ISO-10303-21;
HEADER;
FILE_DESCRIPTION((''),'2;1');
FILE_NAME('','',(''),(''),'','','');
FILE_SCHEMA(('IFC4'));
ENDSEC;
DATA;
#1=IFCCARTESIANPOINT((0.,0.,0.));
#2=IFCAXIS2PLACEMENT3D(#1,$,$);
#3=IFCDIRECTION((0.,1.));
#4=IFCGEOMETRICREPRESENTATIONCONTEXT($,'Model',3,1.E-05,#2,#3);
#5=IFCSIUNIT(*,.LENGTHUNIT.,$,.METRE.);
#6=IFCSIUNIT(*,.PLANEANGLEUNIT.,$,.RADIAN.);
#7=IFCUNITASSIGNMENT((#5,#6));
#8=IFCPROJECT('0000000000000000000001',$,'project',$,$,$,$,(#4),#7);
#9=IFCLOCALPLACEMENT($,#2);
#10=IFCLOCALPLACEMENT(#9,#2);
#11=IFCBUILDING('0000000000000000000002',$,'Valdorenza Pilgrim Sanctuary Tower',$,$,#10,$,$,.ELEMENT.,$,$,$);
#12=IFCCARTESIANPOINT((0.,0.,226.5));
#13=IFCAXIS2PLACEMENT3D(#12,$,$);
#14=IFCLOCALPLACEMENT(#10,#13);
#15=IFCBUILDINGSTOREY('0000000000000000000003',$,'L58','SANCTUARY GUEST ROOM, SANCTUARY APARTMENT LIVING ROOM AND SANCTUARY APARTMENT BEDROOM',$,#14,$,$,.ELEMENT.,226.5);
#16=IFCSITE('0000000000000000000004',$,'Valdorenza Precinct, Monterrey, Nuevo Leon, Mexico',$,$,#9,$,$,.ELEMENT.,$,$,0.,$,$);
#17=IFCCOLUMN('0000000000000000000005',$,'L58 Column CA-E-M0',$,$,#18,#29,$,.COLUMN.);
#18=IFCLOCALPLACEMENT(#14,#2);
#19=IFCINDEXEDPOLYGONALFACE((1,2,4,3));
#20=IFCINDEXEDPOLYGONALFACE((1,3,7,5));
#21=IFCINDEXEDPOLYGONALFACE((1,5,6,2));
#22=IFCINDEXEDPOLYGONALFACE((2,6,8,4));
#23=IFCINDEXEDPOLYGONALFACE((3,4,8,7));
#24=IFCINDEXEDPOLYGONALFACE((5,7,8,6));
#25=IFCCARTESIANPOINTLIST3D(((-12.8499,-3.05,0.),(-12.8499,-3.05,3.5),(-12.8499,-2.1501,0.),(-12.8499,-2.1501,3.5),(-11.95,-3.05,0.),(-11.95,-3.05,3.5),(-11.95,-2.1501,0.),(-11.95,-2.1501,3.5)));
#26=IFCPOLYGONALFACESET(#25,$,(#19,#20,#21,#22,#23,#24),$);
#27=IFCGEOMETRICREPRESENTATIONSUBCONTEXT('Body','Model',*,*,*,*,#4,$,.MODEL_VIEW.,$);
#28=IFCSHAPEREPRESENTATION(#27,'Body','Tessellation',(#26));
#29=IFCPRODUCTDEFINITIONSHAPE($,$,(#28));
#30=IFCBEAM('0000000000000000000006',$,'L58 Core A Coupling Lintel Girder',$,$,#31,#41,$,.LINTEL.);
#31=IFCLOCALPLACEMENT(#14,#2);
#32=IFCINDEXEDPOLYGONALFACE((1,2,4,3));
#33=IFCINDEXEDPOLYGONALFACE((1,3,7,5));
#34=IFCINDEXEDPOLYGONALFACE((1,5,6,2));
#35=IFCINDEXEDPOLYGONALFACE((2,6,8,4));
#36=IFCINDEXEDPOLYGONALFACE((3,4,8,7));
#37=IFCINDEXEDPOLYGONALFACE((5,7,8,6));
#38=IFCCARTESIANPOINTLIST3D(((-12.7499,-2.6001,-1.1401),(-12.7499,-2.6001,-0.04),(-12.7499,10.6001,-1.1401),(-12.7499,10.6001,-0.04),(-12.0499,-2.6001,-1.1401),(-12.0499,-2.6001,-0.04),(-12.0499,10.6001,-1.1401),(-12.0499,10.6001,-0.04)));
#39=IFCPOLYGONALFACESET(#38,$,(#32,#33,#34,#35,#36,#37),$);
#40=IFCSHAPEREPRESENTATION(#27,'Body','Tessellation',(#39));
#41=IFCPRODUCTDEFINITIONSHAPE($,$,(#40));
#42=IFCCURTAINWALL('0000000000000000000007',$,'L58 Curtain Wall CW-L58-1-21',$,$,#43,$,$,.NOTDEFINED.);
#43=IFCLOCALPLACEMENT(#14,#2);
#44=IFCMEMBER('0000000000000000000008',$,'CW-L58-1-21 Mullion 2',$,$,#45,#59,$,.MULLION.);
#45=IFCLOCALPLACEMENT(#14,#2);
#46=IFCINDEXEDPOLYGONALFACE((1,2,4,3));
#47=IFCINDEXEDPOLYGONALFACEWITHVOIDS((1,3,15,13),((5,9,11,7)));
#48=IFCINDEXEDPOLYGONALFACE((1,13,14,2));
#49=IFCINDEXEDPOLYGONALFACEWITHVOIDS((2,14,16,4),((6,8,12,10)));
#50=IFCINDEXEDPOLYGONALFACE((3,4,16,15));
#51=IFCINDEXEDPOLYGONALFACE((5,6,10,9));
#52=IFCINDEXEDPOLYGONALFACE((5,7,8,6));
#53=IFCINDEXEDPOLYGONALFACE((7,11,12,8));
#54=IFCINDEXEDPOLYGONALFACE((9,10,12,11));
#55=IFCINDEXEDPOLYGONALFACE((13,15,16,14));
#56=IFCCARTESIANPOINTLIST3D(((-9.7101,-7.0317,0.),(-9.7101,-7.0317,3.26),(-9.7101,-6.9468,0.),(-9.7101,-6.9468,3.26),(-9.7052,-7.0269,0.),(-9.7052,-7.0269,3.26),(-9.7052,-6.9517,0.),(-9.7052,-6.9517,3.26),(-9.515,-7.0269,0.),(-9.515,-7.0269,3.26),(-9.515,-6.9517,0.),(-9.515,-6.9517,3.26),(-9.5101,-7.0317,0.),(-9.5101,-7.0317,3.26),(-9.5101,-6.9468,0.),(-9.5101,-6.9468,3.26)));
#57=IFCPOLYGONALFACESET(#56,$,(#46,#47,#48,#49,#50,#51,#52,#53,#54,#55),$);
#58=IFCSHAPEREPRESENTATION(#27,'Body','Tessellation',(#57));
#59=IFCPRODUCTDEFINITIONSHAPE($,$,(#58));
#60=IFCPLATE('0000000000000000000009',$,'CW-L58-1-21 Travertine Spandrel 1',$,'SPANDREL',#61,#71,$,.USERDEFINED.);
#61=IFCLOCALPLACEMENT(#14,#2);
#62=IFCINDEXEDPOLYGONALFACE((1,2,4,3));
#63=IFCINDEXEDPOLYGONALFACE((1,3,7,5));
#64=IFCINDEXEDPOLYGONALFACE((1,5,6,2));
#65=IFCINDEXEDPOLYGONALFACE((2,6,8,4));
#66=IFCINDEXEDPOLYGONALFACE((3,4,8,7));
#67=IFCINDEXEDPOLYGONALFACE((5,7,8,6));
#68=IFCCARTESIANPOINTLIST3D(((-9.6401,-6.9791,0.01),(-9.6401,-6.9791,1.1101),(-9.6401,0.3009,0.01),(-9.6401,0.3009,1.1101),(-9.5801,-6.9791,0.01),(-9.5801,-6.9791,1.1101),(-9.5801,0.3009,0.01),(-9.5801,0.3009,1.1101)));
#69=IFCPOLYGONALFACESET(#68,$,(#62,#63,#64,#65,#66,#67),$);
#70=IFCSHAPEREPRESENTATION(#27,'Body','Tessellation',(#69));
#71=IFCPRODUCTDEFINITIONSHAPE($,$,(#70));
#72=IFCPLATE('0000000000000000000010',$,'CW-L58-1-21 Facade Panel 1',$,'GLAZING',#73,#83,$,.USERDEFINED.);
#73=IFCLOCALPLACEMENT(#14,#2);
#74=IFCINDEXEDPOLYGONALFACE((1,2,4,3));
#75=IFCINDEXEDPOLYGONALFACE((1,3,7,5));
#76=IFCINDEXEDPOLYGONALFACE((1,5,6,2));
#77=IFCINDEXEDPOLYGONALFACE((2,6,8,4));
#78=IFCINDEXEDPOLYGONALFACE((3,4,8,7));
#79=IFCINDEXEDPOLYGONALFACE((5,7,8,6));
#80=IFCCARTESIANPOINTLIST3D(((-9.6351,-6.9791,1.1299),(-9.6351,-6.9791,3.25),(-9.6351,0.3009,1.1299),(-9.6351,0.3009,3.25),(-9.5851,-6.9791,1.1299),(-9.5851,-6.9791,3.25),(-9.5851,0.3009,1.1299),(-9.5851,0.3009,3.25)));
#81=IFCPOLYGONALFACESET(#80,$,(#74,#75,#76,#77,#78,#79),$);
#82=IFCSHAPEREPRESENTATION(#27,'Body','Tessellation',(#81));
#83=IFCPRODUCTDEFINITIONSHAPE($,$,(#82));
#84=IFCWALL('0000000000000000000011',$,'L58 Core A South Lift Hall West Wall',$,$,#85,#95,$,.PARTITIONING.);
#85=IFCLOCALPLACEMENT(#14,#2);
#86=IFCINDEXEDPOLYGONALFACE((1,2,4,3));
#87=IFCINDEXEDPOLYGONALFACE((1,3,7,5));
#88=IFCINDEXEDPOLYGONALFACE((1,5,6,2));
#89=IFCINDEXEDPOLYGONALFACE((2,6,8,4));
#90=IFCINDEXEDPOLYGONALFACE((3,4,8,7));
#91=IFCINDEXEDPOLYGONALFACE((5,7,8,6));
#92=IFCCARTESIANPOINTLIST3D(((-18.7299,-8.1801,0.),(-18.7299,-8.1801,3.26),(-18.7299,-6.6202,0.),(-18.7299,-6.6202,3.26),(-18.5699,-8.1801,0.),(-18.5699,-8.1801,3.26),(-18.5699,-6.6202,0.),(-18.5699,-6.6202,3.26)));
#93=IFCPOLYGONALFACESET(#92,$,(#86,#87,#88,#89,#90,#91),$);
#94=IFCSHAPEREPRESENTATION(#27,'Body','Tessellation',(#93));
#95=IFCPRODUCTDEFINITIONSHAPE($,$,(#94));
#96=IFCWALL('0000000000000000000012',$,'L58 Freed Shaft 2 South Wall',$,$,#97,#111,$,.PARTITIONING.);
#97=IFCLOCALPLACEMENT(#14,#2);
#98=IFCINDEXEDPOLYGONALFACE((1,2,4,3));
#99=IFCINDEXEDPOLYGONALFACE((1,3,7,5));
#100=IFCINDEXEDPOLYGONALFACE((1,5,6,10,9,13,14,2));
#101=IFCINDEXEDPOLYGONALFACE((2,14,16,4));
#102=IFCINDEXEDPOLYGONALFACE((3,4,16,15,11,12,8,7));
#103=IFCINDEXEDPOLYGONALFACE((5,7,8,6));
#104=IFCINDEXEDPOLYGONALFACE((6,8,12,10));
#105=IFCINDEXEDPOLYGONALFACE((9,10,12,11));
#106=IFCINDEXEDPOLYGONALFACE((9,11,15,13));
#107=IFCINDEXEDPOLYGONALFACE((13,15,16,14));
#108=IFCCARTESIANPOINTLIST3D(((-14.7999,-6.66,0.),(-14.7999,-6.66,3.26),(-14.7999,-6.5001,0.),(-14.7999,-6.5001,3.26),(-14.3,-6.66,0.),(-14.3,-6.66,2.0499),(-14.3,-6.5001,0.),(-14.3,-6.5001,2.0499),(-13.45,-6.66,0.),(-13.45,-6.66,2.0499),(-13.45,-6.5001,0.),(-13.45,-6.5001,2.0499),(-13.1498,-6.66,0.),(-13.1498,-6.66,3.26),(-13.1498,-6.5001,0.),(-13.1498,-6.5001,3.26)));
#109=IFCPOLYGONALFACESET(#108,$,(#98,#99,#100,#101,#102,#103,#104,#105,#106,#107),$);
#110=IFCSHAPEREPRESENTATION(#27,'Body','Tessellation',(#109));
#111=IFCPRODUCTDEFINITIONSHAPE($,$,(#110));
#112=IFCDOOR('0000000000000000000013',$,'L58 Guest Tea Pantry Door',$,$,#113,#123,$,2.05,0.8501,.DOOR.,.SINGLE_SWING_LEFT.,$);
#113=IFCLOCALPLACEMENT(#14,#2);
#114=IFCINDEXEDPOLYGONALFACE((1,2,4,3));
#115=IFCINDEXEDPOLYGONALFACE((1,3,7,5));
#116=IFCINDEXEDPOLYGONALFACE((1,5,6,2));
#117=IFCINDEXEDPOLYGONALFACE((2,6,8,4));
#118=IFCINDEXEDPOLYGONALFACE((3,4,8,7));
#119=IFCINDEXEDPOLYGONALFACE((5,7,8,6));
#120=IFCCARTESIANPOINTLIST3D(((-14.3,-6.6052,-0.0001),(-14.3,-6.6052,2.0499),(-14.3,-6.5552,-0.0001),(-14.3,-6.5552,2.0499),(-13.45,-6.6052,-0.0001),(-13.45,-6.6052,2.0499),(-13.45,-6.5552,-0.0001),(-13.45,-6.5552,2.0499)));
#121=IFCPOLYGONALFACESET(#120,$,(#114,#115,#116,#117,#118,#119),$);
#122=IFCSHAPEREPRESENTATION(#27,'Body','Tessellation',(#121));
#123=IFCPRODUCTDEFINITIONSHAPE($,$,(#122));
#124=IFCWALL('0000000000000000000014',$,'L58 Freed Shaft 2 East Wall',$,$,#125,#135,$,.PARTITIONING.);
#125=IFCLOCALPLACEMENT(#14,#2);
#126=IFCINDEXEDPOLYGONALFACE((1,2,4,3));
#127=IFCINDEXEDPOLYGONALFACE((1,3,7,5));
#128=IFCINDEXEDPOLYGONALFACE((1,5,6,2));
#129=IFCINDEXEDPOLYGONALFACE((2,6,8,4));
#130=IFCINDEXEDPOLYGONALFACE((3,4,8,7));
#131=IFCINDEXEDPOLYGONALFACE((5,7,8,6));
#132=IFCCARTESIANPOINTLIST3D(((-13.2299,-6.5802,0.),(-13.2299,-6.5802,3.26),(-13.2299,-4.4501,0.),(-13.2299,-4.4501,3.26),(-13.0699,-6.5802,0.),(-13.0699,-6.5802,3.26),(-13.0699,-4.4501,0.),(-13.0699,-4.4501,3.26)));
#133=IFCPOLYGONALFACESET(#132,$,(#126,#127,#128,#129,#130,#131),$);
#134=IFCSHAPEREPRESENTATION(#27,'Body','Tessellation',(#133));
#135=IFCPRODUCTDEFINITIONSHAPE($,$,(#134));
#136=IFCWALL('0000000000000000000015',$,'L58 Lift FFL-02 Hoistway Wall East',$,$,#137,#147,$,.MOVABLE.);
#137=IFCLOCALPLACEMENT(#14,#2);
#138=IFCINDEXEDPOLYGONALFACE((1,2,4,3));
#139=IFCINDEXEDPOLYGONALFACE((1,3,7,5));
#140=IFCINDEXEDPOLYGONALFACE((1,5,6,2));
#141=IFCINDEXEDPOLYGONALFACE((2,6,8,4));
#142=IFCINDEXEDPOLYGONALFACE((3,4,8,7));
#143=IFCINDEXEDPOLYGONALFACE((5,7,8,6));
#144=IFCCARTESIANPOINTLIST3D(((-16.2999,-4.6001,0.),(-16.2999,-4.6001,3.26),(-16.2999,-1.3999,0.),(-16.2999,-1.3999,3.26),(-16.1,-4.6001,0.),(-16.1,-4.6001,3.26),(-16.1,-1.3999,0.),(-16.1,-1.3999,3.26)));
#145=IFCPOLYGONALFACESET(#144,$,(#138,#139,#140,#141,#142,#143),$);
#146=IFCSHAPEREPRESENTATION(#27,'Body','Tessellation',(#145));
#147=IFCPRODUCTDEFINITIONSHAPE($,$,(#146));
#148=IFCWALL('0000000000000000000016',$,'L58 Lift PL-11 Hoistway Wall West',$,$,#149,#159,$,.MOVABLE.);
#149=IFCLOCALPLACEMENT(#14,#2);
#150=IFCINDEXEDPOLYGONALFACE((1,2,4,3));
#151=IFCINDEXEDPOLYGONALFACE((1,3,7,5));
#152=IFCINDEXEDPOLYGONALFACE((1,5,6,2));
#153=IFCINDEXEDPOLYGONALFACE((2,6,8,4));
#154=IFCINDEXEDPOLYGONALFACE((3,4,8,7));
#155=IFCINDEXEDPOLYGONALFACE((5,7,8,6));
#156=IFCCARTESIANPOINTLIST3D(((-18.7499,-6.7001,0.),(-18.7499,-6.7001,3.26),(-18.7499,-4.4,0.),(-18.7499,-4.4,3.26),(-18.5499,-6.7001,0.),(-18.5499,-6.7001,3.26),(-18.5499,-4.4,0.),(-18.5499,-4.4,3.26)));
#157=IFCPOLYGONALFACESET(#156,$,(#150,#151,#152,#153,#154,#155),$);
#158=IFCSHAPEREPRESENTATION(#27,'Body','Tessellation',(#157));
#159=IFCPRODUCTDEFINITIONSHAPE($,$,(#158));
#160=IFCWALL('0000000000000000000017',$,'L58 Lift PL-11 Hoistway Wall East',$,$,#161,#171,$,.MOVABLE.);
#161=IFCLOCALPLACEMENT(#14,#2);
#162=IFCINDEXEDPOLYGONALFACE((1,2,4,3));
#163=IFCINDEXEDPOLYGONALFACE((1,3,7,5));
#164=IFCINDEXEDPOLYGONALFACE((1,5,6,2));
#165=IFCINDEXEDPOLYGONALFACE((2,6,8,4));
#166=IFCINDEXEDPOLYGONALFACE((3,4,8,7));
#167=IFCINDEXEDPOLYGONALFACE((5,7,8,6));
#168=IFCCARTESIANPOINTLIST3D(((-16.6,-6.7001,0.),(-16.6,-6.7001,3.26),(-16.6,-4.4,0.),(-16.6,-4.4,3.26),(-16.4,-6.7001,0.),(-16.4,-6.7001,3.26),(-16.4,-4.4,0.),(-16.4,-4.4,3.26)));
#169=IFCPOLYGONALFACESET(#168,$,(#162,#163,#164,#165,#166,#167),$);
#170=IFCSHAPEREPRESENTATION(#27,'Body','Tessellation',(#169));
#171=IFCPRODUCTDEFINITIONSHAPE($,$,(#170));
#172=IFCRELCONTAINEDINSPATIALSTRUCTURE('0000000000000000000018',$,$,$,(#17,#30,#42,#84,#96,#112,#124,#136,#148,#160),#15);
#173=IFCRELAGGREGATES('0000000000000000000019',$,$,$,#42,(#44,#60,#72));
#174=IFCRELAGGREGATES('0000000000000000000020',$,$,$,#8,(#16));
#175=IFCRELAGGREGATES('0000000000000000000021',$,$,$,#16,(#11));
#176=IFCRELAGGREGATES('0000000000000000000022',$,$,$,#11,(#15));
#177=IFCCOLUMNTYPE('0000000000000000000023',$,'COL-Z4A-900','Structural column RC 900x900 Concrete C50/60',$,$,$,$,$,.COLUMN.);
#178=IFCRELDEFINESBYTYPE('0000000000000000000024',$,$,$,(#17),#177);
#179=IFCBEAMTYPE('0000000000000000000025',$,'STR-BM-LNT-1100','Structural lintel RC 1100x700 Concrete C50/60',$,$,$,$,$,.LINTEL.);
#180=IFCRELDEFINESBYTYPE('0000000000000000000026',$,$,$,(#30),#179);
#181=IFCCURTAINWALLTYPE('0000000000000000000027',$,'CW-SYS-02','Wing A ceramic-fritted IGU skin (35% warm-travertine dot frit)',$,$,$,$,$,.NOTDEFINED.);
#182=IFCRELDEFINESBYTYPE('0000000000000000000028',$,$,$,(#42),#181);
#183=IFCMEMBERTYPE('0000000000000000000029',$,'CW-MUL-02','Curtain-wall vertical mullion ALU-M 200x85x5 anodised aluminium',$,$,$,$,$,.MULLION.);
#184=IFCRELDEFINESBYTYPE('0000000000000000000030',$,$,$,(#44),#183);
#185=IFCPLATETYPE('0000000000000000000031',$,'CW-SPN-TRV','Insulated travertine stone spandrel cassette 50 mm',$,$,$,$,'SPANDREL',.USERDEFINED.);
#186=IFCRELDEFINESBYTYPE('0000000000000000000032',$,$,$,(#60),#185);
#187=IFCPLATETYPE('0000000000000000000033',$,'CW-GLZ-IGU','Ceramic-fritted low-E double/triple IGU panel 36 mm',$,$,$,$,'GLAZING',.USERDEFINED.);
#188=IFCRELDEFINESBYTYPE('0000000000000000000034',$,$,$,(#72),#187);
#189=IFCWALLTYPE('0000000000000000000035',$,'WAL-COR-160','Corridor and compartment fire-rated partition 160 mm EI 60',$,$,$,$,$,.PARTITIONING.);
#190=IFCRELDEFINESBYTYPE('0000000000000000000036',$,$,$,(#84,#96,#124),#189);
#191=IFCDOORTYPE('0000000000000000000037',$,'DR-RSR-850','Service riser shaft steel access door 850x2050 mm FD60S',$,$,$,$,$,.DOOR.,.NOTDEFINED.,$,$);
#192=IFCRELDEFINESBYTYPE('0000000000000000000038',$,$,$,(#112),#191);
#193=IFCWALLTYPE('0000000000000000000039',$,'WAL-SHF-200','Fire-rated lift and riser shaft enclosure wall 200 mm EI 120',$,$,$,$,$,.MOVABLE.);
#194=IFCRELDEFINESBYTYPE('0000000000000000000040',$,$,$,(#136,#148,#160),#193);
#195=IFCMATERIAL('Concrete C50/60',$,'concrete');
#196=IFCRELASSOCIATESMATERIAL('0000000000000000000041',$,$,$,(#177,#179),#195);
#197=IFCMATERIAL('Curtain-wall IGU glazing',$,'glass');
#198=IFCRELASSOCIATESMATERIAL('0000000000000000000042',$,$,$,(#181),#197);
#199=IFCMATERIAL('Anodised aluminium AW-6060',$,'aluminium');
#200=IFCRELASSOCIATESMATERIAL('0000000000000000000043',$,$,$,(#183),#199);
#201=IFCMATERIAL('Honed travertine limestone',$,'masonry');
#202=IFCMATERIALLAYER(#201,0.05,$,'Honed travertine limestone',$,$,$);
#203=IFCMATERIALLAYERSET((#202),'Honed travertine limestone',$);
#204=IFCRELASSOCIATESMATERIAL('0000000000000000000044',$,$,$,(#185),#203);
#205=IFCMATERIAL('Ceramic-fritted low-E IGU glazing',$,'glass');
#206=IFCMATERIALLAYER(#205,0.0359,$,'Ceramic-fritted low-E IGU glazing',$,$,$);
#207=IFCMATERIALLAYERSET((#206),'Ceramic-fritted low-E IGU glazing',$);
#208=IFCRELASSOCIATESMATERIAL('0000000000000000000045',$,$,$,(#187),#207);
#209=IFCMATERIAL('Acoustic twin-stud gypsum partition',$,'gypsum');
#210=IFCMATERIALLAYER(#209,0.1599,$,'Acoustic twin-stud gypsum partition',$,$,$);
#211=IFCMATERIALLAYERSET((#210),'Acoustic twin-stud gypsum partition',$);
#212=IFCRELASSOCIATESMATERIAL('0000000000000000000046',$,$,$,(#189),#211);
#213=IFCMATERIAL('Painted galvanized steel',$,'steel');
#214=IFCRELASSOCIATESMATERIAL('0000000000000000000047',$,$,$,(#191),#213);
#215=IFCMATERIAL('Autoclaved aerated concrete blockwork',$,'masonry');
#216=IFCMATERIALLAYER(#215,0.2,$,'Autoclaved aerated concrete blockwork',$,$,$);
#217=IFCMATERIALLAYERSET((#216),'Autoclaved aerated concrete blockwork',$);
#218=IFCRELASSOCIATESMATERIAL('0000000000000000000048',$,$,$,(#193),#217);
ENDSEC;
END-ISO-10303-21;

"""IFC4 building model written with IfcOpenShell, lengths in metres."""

from ifc_helpers import new_model, si_unit, direction, frame, frame_2d, origin, origin_2d, place, context, subcontext, project, spatial, rectangle, hollow_rectangle, extrude, source, transform, mapped, material, layer, layer_set, material_profile, profile_set, type_object, element, fill, aggregate, save


model = new_model("IFC4")

# Units and contexts
model_context = context("Model", 3, precision=1e-05, world=origin(), true_north=direction((0.0, 1.0)))
body_context = subcontext(model_context, "Body", "Model", "MODEL_VIEW")
ifc_project = project(units=[si_unit("LENGTHUNIT", "METRE"), si_unit("PLANEANGLEUNIT", "RADIAN")], contexts=[model_context])

# Site, building, storey
site_placement = place(None, origin())
site = spatial("IfcSite", under=ifc_project, at=site_placement, Name="Valdorenza Precinct, Monterrey, Nuevo Leon, Mexico", CompositionType="ELEMENT", RefElevation=0.0)
building_placement = place(site_placement, origin())
building = spatial("IfcBuilding", under=site, at=building_placement, Name="Valdorenza Pilgrim Sanctuary Tower", CompositionType="ELEMENT")
storey_placement = place(building_placement, frame((0.0, 0.0, 226.5)))
storey = spatial("IfcBuildingStorey", under=building, at=storey_placement, Name="L58", Description="SANCTUARY GUEST ROOM, SANCTUARY APARTMENT LIVING ROOM AND SANCTUARY APARTMENT BEDROOM", CompositionType="ELEMENT", Elevation=226.5)

# Column
ifc_material_1 = material(Name="Concrete C50/60", Category="concrete")
ifc_material_profile_1 = material_profile(ifc_material_1, rectangle(XDim=0.8999, YDim=0.8999, at=origin_2d()), Name="RC 900x900")
ifc_profile_set_1 = profile_set([ifc_material_profile_1], Name="Concrete C50/60")
column_type = type_object("IfcColumnType", Name="COL-Z4A-900", Description="Structural column RC 900x900 Concrete C50/60", PredefinedType="COLUMN", material=ifc_profile_set_1)
shared_shape_1 = source(origin(), body_context, "Body", "SweptSolid", [
    extrude(rectangle(XDim=0.8999, YDim=0.8999, at=origin_2d()), origin(), (0.0, 0.0, 1.0), 3.5),
])
column_placement = place(storey_placement, frame((-12.3999, -2.6001, 0.0), z_axis=(0.0, 0.0, 1.0), x_axis=(1.0, 0.0, 0.0)))
element("IfcColumn", 1, at=column_placement, inside=storey, type_object=column_type, Name="L58 Column CA-E-M0", PredefinedType="COLUMN", context=body_context, shape_type="MappedRepresentation", body=[
    mapped(shared_shape_1, transform((0.0, 0.0, 0.0), x_axis=(1.0, 0.0, 0.0), y_axis=(0.0, 1.0, 0.0), z_axis=(0.0, 0.0, 1.0), scale=1.0)),
])

# Beam
ifc_material_profile_2 = material_profile(ifc_material_1, rectangle(XDim=0.7, YDim=1.1001, at=origin_2d()), Name="RC 1100x700")
ifc_profile_set_2 = profile_set([ifc_material_profile_2], Name="Concrete C50/60")
beam_type = type_object("IfcBeamType", Name="STR-BM-LNT-1100", Description="Structural lintel RC 1100x700 Concrete C50/60", PredefinedType="LINTEL", material=ifc_profile_set_2)
shared_shape_2 = source(origin(), body_context, "Body", "SweptSolid", [
    extrude(rectangle(XDim=0.7, YDim=1.1001, at=origin_2d()), origin(), (0.0, 0.0, 1.0), 13.2002),
])
beam_placement = place(storey_placement, frame((-12.3999, -2.6001, -0.5901), z_axis=(0.0, 1.0, 0.0), x_axis=(-1.0, 0.0, 0.0)))
element("IfcBeam", 2, at=beam_placement, inside=storey, type_object=beam_type, Name="L58 Core A Coupling Lintel Girder", PredefinedType="LINTEL", context=body_context, shape_type="MappedRepresentation", body=[
    mapped(shared_shape_2, transform((0.0, 0.0, 0.0), x_axis=(1.0, 0.0, 0.0), y_axis=(0.0, 1.0, 0.0), z_axis=(0.0, 0.0, 1.0), scale=1.0)),
])

# Curtain wall, member, plates
ifc_material_2 = material(Name="Curtain-wall IGU glazing", Category="glass")
curtain_wall_type = type_object("IfcCurtainWallType", Name="CW-SYS-02", Description="Wing A ceramic-fritted IGU skin (35% warm-travertine dot frit)", PredefinedType="NOTDEFINED", material=ifc_material_2)
curtain_wall_placement = place(storey_placement, origin())
curtain_wall = element("IfcCurtainWall", 3, at=curtain_wall_placement, inside=storey, type_object=curtain_wall_type, Name="L58 Curtain Wall CW-L58-1-21", PredefinedType="NOTDEFINED")
ifc_material_3 = material(Name="Anodised aluminium AW-6060", Category="aluminium")
ifc_material_profile_3 = material_profile(ifc_material_3, hollow_rectangle(XDim=0.085, YDim=0.2, WallThickness=0.0049, at=origin_2d()), Name="ALU-M 200x85x5")
ifc_profile_set_3 = profile_set([ifc_material_profile_3], Name="Anodised aluminium AW-6060")
member_type = type_object("IfcMemberType", Name="CW-MUL-02", Description="Curtain-wall vertical mullion ALU-M 200x85x5 anodised aluminium", PredefinedType="MULLION", material=ifc_profile_set_3)
shared_shape_3 = source(origin(), body_context, "Body", "SweptSolid", [
    extrude(hollow_rectangle(XDim=0.085, YDim=0.2, WallThickness=0.0049, at=origin_2d()), origin(), (0.0, 0.0, 1.0), 3.26),
])
member_placement = place(storey_placement, frame((-9.6101, -6.9893, 0.0), z_axis=(0.0, 0.0, 1.0), x_axis=(0.0, -1.0, 0.0)))
member = element("IfcMember", 4, at=member_placement, type_object=member_type, Name="CW-L58-1-21 Mullion 2", PredefinedType="MULLION", context=body_context, shape_type="MappedRepresentation", body=[
    mapped(shared_shape_3, transform((0.0, 0.0, 0.0), x_axis=(1.0, 0.0, 0.0), y_axis=(0.0, 1.0, 0.0), z_axis=(0.0, 0.0, 1.0), scale=1.0)),
])
ifc_material_4 = material(Name="Honed travertine limestone", Category="masonry")
ifc_layer_1 = layer(ifc_material_4, 0.05, Name="Honed travertine limestone")
ifc_layer_set_1 = layer_set([ifc_layer_1], Name="Honed travertine limestone")
plate_type_1 = type_object("IfcPlateType", Name="CW-SPN-TRV", Description="Insulated travertine stone spandrel cassette 50 mm", ElementType="SPANDREL", PredefinedType="USERDEFINED", material=ifc_layer_set_1)
shared_shape_4 = source(origin(), body_context, "Body", "SweptSolid", [
    extrude(rectangle(XDim=7.28, YDim=0.0601, at=origin_2d()), origin(), (0.0, 0.0, 1.0), 1.1001),
])
plate_1_placement = place(storey_placement, frame((-9.6101, -3.3391, 0.01), z_axis=(0.0, 0.0, 1.0), x_axis=(0.0, -1.0, 0.0)))
plate_1 = element("IfcPlate", 5, at=plate_1_placement, type_object=plate_type_1, Name="CW-L58-1-21 Travertine Spandrel 1", ObjectType="SPANDREL", PredefinedType="USERDEFINED", context=body_context, shape_type="MappedRepresentation", body=[
    mapped(shared_shape_4, transform((0.0, 0.0, 0.0), x_axis=(1.0, 0.0, 0.0), y_axis=(0.0, 1.0, 0.0), z_axis=(0.0, 0.0, 1.0), scale=1.0)),
])
ifc_material_5 = material(Name="Ceramic-fritted low-E IGU glazing", Category="glass")
ifc_layer_2 = layer(ifc_material_5, 0.0359, Name="Ceramic-fritted low-E IGU glazing")
ifc_layer_set_2 = layer_set([ifc_layer_2], Name="Ceramic-fritted low-E IGU glazing")
plate_type_2 = type_object("IfcPlateType", Name="CW-GLZ-IGU", Description="Ceramic-fritted low-E double/triple IGU panel 36 mm", ElementType="GLAZING", PredefinedType="USERDEFINED", material=ifc_layer_set_2)
shared_shape_5 = source(origin(), body_context, "Body", "SweptSolid", [
    extrude(rectangle(XDim=7.28, YDim=0.05, at=origin_2d()), origin(), (0.0, 0.0, 1.0), 2.1201),
])
plate_2_placement = place(storey_placement, frame((-9.6101, -3.3391, 1.1299), z_axis=(0.0, 0.0, 1.0), x_axis=(0.0, -1.0, 0.0)))
plate_2 = element("IfcPlate", 6, at=plate_2_placement, type_object=plate_type_2, Name="CW-L58-1-21 Facade Panel 1", ObjectType="GLAZING", PredefinedType="USERDEFINED", context=body_context, shape_type="MappedRepresentation", body=[
    mapped(shared_shape_5, transform((0.0, 0.0, 0.0), x_axis=(1.0, 0.0, 0.0), y_axis=(0.0, 1.0, 0.0), z_axis=(0.0, 0.0, 1.0), scale=1.0)),
])
aggregate(curtain_wall, [member, plate_1, plate_2])

# Wall
ifc_material_6 = material(Name="Acoustic twin-stud gypsum partition", Category="gypsum")
ifc_layer_3 = layer(ifc_material_6, 0.1599, Name="Acoustic twin-stud gypsum partition")
ifc_layer_set_3 = layer_set([ifc_layer_3], Name="Acoustic twin-stud gypsum partition")
wall_type_1 = type_object("IfcWallType", Name="WAL-COR-160", Description="Corridor and compartment fire-rated partition 160 mm EI 60", PredefinedType="PARTITIONING", material=ifc_layer_set_3)
wall_1_placement = place(storey_placement, frame((-18.6499, -8.1799, 0.0), z_axis=(0.0, 0.0, 1.0), x_axis=(0.0, 1.0, 0.0)))
element("IfcWall", 7, at=wall_1_placement, inside=storey, type_object=wall_type_1, Name="L58 Core A South Lift Hall West Wall", PredefinedType="PARTITIONING", context=body_context, shape_type="SweptSolid", body=[
    extrude(rectangle(XDim=1.5598, YDim=0.1599, at=frame_2d((0.7798, 0.0))), origin(), (0.0, 0.0, 1.0), 3.26),
])

# Wall, opening, door
wall_2_placement = place(storey_placement, frame((-14.8, -6.5801, 0.0), z_axis=(0.0, 0.0, 1.0), x_axis=(1.0, 0.0, 0.0)))
wall_2 = element("IfcWall", 8, at=wall_2_placement, inside=storey, type_object=wall_type_1, Name="L58 Freed Shaft 2 South Wall", PredefinedType="PARTITIONING", context=body_context, shape_type="SweptSolid", body=[
    extrude(rectangle(XDim=1.6501, YDim=0.1599, at=frame_2d((0.8252, 0.0))), origin(), (0.0, 0.0, 1.0), 3.26),
])
opening_1_placement = place(wall_2_placement, frame((0.5, 0.0, 0.0)))
opening_1 = element("IfcOpeningElement", 9, at=opening_1_placement, cuts=wall_2, PredefinedType="OPENING", context=body_context, shape_type="SweptSolid", body=[
    extrude(rectangle(XDim=0.8501, YDim=2.05, at=frame_2d((0.425, 1.0249))), frame((0.0, 0.0947, 0.0), z_axis=(0.0, -1.0, 0.0), x_axis=(1.0, 0.0, 0.0)), (0.0, 0.0, 1.0), 0.1897),
])
ifc_material_7 = material(Name="Painted galvanized steel", Category="steel")
door_type_1 = type_object("IfcDoorType", Name="DR-RSR-850", Description="Service riser shaft steel access door 850x2050 mm FD60S", OperationType="NOTDEFINED", PredefinedType="DOOR", material=ifc_material_7)
door_1_placement = place(opening_1_placement, origin())
door_1 = element("IfcDoor", 10, at=door_1_placement, inside=storey, type_object=door_type_1, Name="L58 Guest Tea Pantry Door", OperationType="SINGLE_SWING_LEFT", OverallHeight=2.05, OverallWidth=0.8501, PredefinedType="DOOR", context=body_context, shape_type="SweptSolid", body=[
    extrude(rectangle(XDim=0.8501, YDim=2.05, at=frame_2d((0.425, 1.0249))), frame((0.0, 0.0249, 0.0), z_axis=(0.0, -1.0, 0.0), x_axis=(1.0, 0.0, 0.0)), (0.0, 0.0, 1.0), 0.05),
])
fill(opening_1, door_1)

# Wall
wall_3_placement = place(storey_placement, frame((-13.1499, -6.5801, 0.0), z_axis=(0.0, 0.0, 1.0), x_axis=(0.0, 1.0, 0.0)))
element("IfcWall", 11, at=wall_3_placement, inside=storey, type_object=wall_type_1, Name="L58 Freed Shaft 2 East Wall", PredefinedType="PARTITIONING", context=body_context, shape_type="SweptSolid", body=[
    extrude(rectangle(XDim=2.1301, YDim=0.1599, at=frame_2d((1.0649, 0.0))), origin(), (0.0, 0.0, 1.0), 3.26),
])

# Walls
ifc_material_8 = material(Name="Autoclaved aerated concrete blockwork", Category="masonry")
ifc_layer_4 = layer(ifc_material_8, 0.2, Name="Autoclaved aerated concrete blockwork")
ifc_layer_set_4 = layer_set([ifc_layer_4], Name="Autoclaved aerated concrete blockwork")
wall_type_2 = type_object("IfcWallType", Name="WAL-SHF-200", Description="Fire-rated lift and riser shaft enclosure wall 200 mm EI 120", PredefinedType="MOVABLE", material=ifc_layer_set_4)
wall_4_placement = place(storey_placement, frame((-16.2, -4.6001, 0.0), z_axis=(0.0, 0.0, 1.0), x_axis=(0.0, 1.0, 0.0)))
element("IfcWall", 12, at=wall_4_placement, inside=storey, type_object=wall_type_2, Name="L58 Lift FFL-02 Hoistway Wall East", PredefinedType="MOVABLE", context=body_context, shape_type="SweptSolid", body=[
    extrude(rectangle(XDim=3.2002, YDim=0.2, at=frame_2d((1.6001, 0.0))), origin(), (0.0, 0.0, 1.0), 3.26),
])
for number, where, z_axis, x_axis, name in (
    (13, (-18.6499, -6.7, 0.0), (0.0, 0.0, 1.0), (0.0, 1.0, 0.0), "L58 Lift PL-11 Hoistway Wall West"),
    (14, (-16.5, -6.7, 0.0), (0.0, 0.0, 1.0), (0.0, 1.0, 0.0), "L58 Lift PL-11 Hoistway Wall East"),
):
    element("IfcWall", number, at=place(storey_placement, frame(where, z_axis=z_axis, x_axis=x_axis)), inside=storey, type_object=wall_type_2, Name=name, PredefinedType="MOVABLE", context=body_context, shape_type="SweptSolid", body=[
        extrude(rectangle(XDim=2.3, YDim=0.2, at=frame_2d((1.1499, 0.0))), origin(), (0.0, 0.0, 1.0), 3.26),
    ])

save(model, "model.ifc")
